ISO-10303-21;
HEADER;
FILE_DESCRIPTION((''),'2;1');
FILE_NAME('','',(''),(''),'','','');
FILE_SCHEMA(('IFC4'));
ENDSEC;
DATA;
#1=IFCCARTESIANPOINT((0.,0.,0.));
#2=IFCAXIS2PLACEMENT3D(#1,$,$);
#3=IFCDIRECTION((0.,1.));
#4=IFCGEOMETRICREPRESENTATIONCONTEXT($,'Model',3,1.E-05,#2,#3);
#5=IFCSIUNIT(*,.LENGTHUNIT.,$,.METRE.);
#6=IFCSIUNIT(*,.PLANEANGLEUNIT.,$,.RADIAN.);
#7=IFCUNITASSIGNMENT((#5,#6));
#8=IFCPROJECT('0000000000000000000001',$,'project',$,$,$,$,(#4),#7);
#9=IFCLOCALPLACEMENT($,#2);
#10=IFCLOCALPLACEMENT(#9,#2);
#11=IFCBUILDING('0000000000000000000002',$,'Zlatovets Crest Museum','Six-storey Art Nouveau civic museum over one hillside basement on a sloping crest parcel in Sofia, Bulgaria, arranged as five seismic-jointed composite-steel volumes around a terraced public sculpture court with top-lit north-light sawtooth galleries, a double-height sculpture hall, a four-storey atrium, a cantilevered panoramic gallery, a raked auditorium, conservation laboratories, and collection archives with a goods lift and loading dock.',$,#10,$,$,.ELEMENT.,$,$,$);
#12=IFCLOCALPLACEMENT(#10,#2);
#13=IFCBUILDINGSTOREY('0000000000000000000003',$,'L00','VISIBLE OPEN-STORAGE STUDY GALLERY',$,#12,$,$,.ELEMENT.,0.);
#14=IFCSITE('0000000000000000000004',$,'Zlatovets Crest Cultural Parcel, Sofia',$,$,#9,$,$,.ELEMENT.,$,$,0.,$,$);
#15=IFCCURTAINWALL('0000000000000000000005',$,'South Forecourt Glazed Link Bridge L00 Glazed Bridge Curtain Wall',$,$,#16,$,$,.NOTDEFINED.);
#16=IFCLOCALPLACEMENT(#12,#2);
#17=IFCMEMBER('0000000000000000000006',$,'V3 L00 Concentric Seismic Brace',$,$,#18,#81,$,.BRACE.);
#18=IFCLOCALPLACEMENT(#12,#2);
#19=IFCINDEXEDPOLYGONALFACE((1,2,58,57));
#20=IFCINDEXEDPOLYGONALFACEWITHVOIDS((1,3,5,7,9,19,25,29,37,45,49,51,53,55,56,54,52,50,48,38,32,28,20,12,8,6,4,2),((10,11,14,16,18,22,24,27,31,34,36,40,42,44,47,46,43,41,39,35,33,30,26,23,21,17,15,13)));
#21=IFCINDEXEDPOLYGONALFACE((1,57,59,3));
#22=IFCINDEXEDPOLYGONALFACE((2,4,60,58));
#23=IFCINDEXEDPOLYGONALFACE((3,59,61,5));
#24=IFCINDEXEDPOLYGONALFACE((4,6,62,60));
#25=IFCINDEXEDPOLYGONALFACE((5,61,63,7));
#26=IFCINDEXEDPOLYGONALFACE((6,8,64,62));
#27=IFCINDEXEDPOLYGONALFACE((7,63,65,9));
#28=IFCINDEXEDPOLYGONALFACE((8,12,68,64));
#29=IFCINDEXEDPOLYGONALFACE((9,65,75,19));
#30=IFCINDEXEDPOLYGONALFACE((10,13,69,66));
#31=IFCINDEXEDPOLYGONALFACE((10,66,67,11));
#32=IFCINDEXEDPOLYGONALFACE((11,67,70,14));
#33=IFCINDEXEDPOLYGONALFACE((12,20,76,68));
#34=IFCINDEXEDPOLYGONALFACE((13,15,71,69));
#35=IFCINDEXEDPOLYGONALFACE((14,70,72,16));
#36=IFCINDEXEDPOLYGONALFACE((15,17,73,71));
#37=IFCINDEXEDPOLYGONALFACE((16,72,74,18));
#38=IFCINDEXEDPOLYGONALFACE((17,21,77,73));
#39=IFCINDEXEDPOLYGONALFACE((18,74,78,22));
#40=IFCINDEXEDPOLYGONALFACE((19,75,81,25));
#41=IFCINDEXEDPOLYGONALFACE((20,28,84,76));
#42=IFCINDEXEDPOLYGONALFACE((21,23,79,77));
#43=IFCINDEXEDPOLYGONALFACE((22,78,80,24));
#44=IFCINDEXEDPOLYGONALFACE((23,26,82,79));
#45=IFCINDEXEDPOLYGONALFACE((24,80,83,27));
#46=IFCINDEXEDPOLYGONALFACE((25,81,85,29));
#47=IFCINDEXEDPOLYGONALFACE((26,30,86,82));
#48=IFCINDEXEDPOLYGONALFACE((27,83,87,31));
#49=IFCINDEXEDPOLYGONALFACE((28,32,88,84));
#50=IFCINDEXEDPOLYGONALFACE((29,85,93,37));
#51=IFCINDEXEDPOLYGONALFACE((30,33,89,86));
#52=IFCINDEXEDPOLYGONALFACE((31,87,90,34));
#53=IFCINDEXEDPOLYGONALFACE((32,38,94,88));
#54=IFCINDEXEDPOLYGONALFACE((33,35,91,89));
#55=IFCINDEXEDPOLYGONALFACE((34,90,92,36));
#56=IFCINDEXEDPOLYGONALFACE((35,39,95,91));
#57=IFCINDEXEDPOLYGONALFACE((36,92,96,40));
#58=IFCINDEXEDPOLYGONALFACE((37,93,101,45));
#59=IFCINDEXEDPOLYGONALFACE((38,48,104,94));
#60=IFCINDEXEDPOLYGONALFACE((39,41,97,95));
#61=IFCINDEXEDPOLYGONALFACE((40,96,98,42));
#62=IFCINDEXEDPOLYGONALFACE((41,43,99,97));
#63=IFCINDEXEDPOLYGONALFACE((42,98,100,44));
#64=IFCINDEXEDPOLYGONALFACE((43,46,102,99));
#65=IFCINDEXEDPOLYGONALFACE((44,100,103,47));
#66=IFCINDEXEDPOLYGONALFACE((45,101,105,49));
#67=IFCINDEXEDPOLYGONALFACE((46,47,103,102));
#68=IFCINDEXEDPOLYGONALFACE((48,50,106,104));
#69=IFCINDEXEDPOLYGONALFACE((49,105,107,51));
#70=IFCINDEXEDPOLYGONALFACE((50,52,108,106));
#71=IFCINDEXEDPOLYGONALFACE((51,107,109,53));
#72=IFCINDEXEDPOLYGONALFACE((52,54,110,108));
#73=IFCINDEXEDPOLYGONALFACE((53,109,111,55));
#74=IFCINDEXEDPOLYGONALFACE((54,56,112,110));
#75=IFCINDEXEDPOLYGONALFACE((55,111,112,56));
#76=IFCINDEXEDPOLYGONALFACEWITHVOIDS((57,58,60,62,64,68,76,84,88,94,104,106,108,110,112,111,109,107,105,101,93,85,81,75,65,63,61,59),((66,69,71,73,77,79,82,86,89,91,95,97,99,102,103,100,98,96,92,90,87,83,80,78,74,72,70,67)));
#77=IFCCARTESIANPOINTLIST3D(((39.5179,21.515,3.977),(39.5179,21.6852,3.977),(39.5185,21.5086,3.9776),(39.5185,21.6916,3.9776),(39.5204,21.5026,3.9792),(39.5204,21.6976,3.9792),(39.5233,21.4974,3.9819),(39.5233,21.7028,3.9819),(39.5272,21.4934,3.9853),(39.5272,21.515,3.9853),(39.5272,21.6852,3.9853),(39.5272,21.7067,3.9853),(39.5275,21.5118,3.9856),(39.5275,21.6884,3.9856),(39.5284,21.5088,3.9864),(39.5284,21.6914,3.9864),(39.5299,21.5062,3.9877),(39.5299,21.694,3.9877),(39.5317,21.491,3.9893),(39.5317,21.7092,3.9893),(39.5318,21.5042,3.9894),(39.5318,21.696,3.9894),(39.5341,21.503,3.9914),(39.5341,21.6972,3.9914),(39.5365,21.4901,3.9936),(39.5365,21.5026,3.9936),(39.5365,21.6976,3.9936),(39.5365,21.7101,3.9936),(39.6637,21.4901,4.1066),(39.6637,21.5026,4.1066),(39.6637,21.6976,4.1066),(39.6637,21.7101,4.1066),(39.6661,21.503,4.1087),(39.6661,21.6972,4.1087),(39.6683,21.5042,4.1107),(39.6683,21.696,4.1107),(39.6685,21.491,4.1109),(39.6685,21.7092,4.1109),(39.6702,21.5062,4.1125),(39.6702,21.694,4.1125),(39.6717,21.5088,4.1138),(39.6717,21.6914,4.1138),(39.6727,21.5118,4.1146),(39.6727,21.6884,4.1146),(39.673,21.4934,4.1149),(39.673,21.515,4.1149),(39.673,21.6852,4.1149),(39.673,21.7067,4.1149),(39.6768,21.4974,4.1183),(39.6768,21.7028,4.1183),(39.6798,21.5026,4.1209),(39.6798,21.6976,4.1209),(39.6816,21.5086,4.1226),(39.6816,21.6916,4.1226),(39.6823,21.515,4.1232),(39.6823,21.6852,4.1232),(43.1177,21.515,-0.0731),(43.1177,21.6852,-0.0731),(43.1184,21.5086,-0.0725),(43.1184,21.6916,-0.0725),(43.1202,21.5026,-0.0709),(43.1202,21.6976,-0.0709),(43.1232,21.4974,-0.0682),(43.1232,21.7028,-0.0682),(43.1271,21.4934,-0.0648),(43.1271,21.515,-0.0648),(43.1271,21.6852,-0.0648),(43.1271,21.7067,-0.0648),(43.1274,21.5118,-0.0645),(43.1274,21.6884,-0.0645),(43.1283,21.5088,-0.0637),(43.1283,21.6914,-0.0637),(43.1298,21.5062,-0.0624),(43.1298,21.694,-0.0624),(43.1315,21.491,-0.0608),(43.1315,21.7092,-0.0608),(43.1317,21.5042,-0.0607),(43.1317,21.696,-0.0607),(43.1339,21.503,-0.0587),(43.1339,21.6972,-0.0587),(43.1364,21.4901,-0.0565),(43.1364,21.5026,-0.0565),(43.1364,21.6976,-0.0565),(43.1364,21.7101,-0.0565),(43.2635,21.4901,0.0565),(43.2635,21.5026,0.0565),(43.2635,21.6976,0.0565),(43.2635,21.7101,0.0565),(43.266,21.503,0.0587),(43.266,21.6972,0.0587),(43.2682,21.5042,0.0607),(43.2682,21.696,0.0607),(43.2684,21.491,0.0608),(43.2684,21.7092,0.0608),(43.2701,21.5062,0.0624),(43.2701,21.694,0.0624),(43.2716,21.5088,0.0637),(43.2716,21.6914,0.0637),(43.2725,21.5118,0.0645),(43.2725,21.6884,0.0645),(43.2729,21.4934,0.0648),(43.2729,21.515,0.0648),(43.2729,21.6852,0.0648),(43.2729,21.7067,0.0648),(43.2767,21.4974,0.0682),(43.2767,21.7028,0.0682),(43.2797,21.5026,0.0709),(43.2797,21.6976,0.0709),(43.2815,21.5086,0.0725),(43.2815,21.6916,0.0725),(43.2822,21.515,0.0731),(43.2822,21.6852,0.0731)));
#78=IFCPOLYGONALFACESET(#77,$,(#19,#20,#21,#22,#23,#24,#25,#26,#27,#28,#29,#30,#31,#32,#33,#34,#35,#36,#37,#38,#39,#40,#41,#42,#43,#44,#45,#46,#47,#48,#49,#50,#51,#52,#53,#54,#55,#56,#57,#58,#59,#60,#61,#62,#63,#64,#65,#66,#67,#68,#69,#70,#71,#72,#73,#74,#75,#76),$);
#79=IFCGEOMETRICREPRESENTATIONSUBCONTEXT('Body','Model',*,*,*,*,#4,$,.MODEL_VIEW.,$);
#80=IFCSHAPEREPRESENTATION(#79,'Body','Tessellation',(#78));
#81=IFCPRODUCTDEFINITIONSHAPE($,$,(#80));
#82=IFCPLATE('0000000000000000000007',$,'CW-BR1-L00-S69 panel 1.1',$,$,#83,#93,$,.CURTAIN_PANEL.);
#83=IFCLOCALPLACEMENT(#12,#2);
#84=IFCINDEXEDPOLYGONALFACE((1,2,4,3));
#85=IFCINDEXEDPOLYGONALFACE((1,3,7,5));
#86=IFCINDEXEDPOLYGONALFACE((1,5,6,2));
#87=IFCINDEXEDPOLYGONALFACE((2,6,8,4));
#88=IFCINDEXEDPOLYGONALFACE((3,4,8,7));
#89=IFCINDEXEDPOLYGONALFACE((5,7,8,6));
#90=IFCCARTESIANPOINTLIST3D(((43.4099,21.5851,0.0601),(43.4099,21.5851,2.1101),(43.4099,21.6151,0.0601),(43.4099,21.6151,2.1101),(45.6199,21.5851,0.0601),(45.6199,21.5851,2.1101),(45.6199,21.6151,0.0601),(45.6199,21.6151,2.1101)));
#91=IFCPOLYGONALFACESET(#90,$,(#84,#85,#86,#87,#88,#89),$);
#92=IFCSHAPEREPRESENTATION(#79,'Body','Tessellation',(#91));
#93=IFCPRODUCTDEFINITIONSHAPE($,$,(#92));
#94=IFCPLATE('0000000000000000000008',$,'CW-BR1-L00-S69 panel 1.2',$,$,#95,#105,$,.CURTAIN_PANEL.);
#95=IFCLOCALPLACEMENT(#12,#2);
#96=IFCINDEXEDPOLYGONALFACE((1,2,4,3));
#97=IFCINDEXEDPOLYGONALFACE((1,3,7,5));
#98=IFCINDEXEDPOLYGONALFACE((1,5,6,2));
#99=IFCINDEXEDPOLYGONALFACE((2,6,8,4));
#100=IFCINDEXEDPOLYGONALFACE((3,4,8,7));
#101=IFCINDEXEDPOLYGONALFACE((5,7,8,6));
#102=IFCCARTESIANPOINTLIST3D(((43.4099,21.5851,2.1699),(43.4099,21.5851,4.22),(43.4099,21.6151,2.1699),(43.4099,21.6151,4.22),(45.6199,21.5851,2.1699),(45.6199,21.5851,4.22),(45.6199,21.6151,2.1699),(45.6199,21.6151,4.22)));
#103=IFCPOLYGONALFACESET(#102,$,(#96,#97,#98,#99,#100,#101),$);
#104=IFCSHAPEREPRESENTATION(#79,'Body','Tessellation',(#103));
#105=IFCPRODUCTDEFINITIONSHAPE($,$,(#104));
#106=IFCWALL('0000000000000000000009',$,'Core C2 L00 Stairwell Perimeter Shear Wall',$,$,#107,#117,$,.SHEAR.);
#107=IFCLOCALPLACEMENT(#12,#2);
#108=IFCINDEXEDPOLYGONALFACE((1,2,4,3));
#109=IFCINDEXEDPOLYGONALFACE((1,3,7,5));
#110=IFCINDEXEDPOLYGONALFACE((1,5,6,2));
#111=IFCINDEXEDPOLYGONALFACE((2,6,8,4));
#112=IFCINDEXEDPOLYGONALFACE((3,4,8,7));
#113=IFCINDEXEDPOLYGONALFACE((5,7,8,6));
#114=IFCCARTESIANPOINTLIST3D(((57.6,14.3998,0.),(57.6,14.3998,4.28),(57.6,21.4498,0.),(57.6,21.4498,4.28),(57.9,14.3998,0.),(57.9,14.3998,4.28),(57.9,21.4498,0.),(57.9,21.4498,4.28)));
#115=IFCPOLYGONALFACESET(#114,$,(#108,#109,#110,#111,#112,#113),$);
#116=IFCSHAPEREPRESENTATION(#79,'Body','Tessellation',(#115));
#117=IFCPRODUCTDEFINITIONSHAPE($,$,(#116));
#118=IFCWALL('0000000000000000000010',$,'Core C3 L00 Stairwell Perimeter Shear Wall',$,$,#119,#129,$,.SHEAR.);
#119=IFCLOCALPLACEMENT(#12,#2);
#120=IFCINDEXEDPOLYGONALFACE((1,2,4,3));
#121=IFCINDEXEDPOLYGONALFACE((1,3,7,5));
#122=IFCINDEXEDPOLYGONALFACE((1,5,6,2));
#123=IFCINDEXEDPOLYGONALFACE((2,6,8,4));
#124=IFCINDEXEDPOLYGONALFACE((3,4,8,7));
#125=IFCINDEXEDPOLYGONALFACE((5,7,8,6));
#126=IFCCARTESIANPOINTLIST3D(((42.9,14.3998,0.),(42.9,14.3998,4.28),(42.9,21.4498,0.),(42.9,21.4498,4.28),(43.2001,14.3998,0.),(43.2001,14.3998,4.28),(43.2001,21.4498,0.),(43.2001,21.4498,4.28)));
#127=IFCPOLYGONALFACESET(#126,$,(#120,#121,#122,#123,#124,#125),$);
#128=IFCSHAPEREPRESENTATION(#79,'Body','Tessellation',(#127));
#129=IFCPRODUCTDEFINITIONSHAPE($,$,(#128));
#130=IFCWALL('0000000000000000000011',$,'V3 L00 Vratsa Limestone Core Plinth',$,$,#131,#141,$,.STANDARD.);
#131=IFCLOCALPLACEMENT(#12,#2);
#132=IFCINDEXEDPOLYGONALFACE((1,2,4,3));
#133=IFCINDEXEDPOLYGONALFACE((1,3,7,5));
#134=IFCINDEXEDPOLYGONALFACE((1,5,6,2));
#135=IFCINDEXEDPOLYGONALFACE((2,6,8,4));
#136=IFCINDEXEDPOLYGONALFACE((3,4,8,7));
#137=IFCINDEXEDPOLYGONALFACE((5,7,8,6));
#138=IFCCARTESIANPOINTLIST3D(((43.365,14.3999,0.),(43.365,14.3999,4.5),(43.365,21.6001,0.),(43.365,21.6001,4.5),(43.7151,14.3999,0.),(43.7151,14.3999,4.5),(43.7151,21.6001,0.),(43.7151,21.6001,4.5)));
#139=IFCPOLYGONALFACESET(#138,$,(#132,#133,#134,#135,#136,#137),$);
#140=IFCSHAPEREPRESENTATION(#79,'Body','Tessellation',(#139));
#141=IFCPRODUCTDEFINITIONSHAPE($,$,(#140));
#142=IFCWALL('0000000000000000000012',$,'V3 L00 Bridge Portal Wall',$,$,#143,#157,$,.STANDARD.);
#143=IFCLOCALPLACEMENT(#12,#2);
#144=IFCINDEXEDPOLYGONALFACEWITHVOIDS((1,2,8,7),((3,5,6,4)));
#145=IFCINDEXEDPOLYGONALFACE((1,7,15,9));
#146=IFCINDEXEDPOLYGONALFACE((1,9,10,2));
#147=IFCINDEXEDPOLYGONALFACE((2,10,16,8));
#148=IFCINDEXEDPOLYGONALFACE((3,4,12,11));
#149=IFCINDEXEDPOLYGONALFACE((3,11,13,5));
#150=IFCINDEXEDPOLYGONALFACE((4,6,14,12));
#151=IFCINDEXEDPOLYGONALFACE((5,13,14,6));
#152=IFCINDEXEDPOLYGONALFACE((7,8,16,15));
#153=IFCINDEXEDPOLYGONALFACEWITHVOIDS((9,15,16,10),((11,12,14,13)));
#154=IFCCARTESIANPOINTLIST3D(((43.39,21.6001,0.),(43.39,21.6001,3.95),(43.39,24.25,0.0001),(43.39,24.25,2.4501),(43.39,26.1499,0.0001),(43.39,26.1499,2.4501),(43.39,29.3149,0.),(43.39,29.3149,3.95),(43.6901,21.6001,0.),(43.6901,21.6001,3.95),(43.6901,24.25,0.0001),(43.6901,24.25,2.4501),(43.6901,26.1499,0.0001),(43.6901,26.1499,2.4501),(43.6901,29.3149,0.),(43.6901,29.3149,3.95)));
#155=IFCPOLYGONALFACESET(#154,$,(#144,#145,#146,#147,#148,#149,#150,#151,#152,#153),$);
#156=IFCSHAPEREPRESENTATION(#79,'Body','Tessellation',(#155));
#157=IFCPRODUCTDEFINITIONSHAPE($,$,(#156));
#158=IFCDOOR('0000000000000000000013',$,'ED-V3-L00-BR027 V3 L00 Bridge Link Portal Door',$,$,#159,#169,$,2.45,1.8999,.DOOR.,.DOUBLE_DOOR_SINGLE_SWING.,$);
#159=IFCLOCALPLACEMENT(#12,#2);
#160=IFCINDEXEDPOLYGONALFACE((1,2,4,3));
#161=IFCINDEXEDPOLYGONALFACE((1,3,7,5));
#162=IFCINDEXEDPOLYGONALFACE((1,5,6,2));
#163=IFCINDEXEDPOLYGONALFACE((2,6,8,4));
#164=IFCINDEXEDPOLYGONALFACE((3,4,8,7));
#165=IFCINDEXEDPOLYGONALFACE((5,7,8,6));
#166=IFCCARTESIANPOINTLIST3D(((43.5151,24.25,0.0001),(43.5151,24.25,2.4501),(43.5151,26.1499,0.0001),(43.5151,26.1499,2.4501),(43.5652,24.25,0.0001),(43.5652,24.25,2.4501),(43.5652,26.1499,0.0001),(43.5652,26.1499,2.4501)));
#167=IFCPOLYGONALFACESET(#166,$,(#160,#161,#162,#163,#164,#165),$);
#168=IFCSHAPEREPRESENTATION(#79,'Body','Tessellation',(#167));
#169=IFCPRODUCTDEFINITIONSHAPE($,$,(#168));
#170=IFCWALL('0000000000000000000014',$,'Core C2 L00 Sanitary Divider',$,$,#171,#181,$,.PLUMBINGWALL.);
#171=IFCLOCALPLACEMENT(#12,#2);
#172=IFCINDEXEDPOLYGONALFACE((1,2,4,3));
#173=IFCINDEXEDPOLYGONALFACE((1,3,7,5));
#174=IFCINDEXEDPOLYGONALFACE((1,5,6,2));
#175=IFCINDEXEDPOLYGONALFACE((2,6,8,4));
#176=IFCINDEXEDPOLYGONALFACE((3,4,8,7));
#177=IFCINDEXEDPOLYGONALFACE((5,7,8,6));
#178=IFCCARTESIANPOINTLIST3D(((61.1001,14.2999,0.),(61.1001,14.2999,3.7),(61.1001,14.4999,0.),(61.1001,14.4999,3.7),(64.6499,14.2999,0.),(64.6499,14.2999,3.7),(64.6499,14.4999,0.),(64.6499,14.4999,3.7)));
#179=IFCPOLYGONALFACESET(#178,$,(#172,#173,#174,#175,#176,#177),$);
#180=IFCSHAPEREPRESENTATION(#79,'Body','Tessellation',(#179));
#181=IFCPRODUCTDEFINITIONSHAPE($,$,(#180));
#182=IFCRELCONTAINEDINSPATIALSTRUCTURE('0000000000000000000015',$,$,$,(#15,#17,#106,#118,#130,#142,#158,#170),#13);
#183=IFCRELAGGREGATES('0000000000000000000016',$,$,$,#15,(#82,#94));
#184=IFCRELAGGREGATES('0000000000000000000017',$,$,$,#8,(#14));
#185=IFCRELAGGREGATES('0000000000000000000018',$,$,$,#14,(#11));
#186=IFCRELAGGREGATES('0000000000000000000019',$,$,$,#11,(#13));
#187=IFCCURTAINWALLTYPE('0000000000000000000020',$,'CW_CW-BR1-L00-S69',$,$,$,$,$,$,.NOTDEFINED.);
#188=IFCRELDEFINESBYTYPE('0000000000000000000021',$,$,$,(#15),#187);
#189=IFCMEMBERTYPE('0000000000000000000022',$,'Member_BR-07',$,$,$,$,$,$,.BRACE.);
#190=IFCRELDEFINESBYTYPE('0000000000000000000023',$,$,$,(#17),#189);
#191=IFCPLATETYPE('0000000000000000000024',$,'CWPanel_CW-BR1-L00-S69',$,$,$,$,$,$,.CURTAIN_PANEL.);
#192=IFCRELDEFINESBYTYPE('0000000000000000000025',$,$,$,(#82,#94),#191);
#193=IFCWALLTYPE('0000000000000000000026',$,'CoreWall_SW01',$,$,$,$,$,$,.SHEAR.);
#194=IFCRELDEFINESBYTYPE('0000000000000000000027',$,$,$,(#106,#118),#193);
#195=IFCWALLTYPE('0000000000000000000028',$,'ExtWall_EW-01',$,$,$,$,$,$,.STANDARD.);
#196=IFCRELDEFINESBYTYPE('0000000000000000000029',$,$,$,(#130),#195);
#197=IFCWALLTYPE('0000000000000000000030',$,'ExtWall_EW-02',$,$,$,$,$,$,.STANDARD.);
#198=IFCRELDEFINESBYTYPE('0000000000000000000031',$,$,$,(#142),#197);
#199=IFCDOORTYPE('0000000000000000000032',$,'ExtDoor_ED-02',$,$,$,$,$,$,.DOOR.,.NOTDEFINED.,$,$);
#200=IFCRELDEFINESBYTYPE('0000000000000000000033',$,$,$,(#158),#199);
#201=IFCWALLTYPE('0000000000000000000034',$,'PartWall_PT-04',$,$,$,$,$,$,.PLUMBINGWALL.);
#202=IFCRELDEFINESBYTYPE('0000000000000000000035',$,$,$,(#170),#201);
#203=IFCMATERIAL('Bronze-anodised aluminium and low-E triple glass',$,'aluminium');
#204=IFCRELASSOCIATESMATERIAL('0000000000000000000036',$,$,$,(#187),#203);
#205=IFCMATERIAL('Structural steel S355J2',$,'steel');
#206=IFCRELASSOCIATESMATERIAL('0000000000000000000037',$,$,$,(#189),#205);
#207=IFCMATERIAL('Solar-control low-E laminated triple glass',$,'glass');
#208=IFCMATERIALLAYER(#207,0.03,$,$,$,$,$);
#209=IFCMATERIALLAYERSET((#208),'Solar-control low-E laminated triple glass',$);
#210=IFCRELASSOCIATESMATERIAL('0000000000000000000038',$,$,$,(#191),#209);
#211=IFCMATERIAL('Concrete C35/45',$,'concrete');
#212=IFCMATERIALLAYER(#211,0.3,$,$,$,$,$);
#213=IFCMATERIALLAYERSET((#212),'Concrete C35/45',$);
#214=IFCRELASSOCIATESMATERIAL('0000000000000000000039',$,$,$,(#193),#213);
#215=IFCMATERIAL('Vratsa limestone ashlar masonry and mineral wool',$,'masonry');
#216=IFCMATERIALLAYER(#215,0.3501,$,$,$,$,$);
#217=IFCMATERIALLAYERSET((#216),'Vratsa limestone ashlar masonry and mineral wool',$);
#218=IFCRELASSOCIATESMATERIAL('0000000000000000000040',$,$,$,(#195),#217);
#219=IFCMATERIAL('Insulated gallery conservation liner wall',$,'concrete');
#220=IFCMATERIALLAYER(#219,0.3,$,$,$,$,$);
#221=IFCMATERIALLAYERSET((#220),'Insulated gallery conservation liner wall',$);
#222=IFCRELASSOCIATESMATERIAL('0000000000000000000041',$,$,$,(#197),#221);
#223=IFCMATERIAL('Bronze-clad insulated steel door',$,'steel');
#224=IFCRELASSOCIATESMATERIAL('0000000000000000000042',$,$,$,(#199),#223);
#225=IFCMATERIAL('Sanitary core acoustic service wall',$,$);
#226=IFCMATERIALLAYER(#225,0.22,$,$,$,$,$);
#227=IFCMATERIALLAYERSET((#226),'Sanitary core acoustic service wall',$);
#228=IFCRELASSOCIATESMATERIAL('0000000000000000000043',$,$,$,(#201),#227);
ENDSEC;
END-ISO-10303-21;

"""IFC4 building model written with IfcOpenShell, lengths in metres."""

from ifc_helpers import new_model, si_unit, direction, frame, frame_2d, origin, origin_2d, place, context, subcontext, project, spatial, rectangle, hollow_rectangle, extrude, material, layer, layer_set, material_profile, profile_set, type_object, element, fill, aggregate, save


model = new_model("IFC4")

# Units and contexts
model_context = context("Model", 3, precision=1e-05, world=origin(), true_north=direction((0.0, 1.0)))
body_context = subcontext(model_context, "Body", "Model", "MODEL_VIEW")
ifc_project = project(units=[si_unit("LENGTHUNIT", "METRE"), si_unit("PLANEANGLEUNIT", "RADIAN")], contexts=[model_context])

# Site, building, storey
site_placement = place(None, origin())
site = spatial("IfcSite", under=ifc_project, at=site_placement, Name="Zlatovets Crest Cultural Parcel, Sofia", CompositionType="ELEMENT", RefElevation=0.0)
building_placement = place(site_placement, origin())
building = spatial("IfcBuilding", under=site, at=building_placement, Name="Zlatovets Crest Museum", Description="Six-storey Art Nouveau civic museum over one hillside basement on a sloping crest parcel in Sofia, Bulgaria, arranged as five seismic-jointed composite-steel volumes around a terraced public sculpture court with top-lit north-light sawtooth galleries, a double-height sculpture hall, a four-storey atrium, a cantilevered panoramic gallery, a raked auditorium, conservation laboratories, and collection archives with a goods lift and loading dock.", CompositionType="ELEMENT")
storey_placement = place(building_placement, origin())
storey = spatial("IfcBuildingStorey", under=building, at=storey_placement, Name="L00", Description="VISIBLE OPEN-STORAGE STUDY GALLERY", CompositionType="ELEMENT", Elevation=0.0)

# Shared definitions
ifc_material_1 = material(Name="Structural steel S355J2", Category="steel")

# Curtain wall
ifc_material_2 = material(Name="Bronze-anodised aluminium and low-E triple glass", Category="aluminium")
curtain_wall_type = type_object("IfcCurtainWallType", Name="CW_CW-BR1-L00-S69", PredefinedType="NOTDEFINED", material=ifc_material_2)
curtain_wall_placement = place(storey_placement, origin())
curtain_wall = element("IfcCurtainWall", 1, at=curtain_wall_placement, inside=storey, type_object=curtain_wall_type, Name="South Forecourt Glazed Link Bridge L00 Glazed Bridge Curtain Wall", PredefinedType="NOTDEFINED")

# Member
ifc_material_profile_1 = material_profile(ifc_material_1, hollow_rectangle(XDim=0.22, YDim=0.22, WallThickness=0.0125, InnerFilletRadius=0.0125, OuterFilletRadius=0.0249, at=origin_2d()), Name="SHS 220x220x12.5")
ifc_profile_set_1 = profile_set([ifc_material_profile_1], Name="Structural steel S355J2")
member_type_1 = type_object("IfcMemberType", Name="Member_BR-07", PredefinedType="BRACE", material=ifc_profile_set_1)
member_1_placement = place(storey_placement, frame((43.2, 21.6001, 0.0), z_axis=(-0.664344, 0.0, 0.747427), x_axis=(0.0, -1.0, 0.0)))
element("IfcMember", 2, at=member_1_placement, inside=storey, type_object=member_type_1, Name="V3 L00 Concentric Seismic Brace", PredefinedType="BRACE", context=body_context, shape_type="SweptSolid", body=[
    extrude(hollow_rectangle(XDim=0.22, YDim=0.22, WallThickness=0.0125, InnerFilletRadius=0.0125, OuterFilletRadius=0.0249, at=origin_2d()), origin(), (0.0, 0.0, 1.0), 5.4187),
])

# Plates
ifc_material_3 = material(Name="Solar-control low-E laminated triple glass", Category="glass")
ifc_layer_1 = layer(ifc_material_3, 0.03)
ifc_layer_set_1 = layer_set([ifc_layer_1], Name="Solar-control low-E laminated triple glass")
plate_type = type_object("IfcPlateType", Name="CWPanel_CW-BR1-L00-S69", PredefinedType="CURTAIN_PANEL", material=ifc_layer_set_1)
plate_1_placement = place(storey_placement, frame((44.5149, 21.6001, 0.0601), z_axis=(0.0, 0.0, 1.0), x_axis=(1.0, 0.0, 0.0)))
plate_1 = element("IfcPlate", 3, at=plate_1_placement, type_object=plate_type, Name="CW-BR1-L00-S69 panel 1.1", PredefinedType="CURTAIN_PANEL", context=body_context, shape_type="SweptSolid", body=[
    extrude(rectangle(XDim=2.21, YDim=0.03, at=origin_2d()), origin(), (0.0, 0.0, 1.0), 2.05),
])
plate_2_placement = place(storey_placement, frame((44.5149, 21.6001, 2.1699), z_axis=(0.0, 0.0, 1.0), x_axis=(1.0, 0.0, 0.0)))
plate_2 = element("IfcPlate", 4, at=plate_2_placement, type_object=plate_type, Name="CW-BR1-L00-S69 panel 1.2", PredefinedType="CURTAIN_PANEL", context=body_context, shape_type="SweptSolid", body=[
    extrude(rectangle(XDim=2.21, YDim=0.03, at=origin_2d()), origin(), (0.0, 0.0, 1.0), 2.05),
])
aggregate(curtain_wall, [plate_1, plate_2])

# Walls
ifc_material_4 = material(Name="Concrete C35/45", Category="concrete")
ifc_layer_2 = layer(ifc_material_4, 0.3)
ifc_layer_set_2 = layer_set([ifc_layer_2], Name="Concrete C35/45")
wall_type_1 = type_object("IfcWallType", Name="CoreWall_SW01", PredefinedType="SHEAR", material=ifc_layer_set_2)
for number, where, z_axis, x_axis, name in (
    (5, (57.75, 14.3999, 0.0), (0.0, 0.0, 1.0), (0.0, 1.0, 0.0), "Core C2 L00 Stairwell Perimeter Shear Wall"),
    (6, (43.05, 14.3999, 0.0), (0.0, 0.0, 1.0), (0.0, 1.0, 0.0), "Core C3 L00 Stairwell Perimeter Shear Wall"),
):
    element("IfcWall", number, at=place(storey_placement, frame(where, z_axis=z_axis, x_axis=x_axis)), inside=storey, type_object=wall_type_1, Name=name, PredefinedType="SHEAR", context=body_context, shape_type="SweptSolid", body=[
        extrude(rectangle(XDim=7.05, YDim=0.3, at=frame_2d((3.5249, 0.0))), origin(), (0.0, 0.0, 1.0), 4.28),
    ])
ifc_material_5 = material(Name="Vratsa limestone ashlar masonry and mineral wool", Category="masonry")
ifc_layer_3 = layer(ifc_material_5, 0.3501)
ifc_layer_set_3 = layer_set([ifc_layer_3], Name="Vratsa limestone ashlar masonry and mineral wool")
wall_type_2 = type_object("IfcWallType", Name="ExtWall_EW-01", PredefinedType="STANDARD", material=ifc_layer_set_3)
wall_1_placement = place(storey_placement, frame((43.54, 14.3999, 0.0), z_axis=(0.0, 0.0, 1.0), x_axis=(0.0, 1.0, 0.0)))
element("IfcWall", 7, at=wall_1_placement, inside=storey, type_object=wall_type_2, Name="V3 L00 Vratsa Limestone Core Plinth", PredefinedType="STANDARD", context=body_context, shape_type="SweptSolid", body=[
    extrude(rectangle(XDim=7.2002, YDim=0.3501, at=frame_2d((3.6001, 0.0))), origin(), (0.0, 0.0, 1.0), 4.5),
])

# Wall, opening, door
ifc_material_6 = material(Name="Insulated gallery conservation liner wall", Category="concrete")
ifc_layer_4 = layer(ifc_material_6, 0.3)
ifc_layer_set_4 = layer_set([ifc_layer_4], Name="Insulated gallery conservation liner wall")
wall_type_3 = type_object("IfcWallType", Name="ExtWall_EW-02", PredefinedType="STANDARD", material=ifc_layer_set_4)
wall_2_placement = place(storey_placement, frame((43.54, 21.6001, 0.0), z_axis=(0.0, 0.0, 1.0), x_axis=(0.0, 1.0, 0.0)))
wall_2 = element("IfcWall", 8, at=wall_2_placement, inside=storey, type_object=wall_type_3, Name="V3 L00 Bridge Portal Wall", PredefinedType="STANDARD", context=body_context, shape_type="SweptSolid", body=[
    extrude(rectangle(XDim=7.7148, YDim=0.3, at=frame_2d((3.8574, 0.0))), origin(), (0.0, 0.0, 1.0), 3.95),
])
opening_placement = place(wall_2_placement, frame((2.6499, 0.0, 0.0)))
opening = element("IfcOpeningElement", 9, at=opening_placement, cuts=wall_2, PredefinedType="OPENING", context=body_context, shape_type="SweptSolid", body=[
    extrude(rectangle(XDim=1.8999, YDim=2.45, at=frame_2d((0.95, 1.2251))), frame((0.0, 0.1602, 0.0), z_axis=(0.0, -1.0, 0.0), x_axis=(1.0, 0.0, 0.0)), (0.0, 0.0, 1.0), 0.3201),
])
ifc_material_7 = material(Name="Bronze-clad insulated steel door", Category="steel")
door_type = type_object("IfcDoorType", Name="ExtDoor_ED-02", OperationType="NOTDEFINED", PredefinedType="DOOR", material=ifc_material_7)
door_placement = place(opening_placement, origin())
door = element("IfcDoor", 10, at=door_placement, inside=storey, type_object=door_type, Name="ED-V3-L00-BR027 V3 L00 Bridge Link Portal Door", OperationType="DOUBLE_DOOR_SINGLE_SWING", OverallHeight=2.45, OverallWidth=1.8999, PredefinedType="DOOR", context=body_context, shape_type="SweptSolid", body=[
    extrude(rectangle(XDim=1.8999, YDim=2.45, at=frame_2d((0.95, 1.2251))), frame((0.0, 0.0249, 0.0), z_axis=(0.0, -1.0, 0.0), x_axis=(1.0, 0.0, 0.0)), (0.0, 0.0, 1.0), 0.05),
])
fill(opening, door)

# Wall
ifc_material_8 = material(Name="Sanitary core acoustic service wall")
ifc_layer_5 = layer(ifc_material_8, 0.22)
ifc_layer_set_5 = layer_set([ifc_layer_5], Name="Sanitary core acoustic service wall")
wall_type_4 = type_object("IfcWallType", Name="PartWall_PT-04", PredefinedType="PLUMBINGWALL", material=ifc_layer_set_5)
for number, where, z_axis, x_axis, name in (
    (11, (61.1001, 14.3999, 0.0), (0.0, 0.0, 1.0), (1.0, 0.0, 0.0), "Core C2 L00 Sanitary Divider"),
):
    element("IfcWall", number, at=place(storey_placement, frame(where, z_axis=z_axis, x_axis=x_axis)), inside=storey, type_object=wall_type_4, Name=name, PredefinedType="PLUMBINGWALL", context=body_context, shape_type="SweptSolid", body=[
        extrude(rectangle(XDim=3.5498, YDim=0.2, at=frame_2d((1.7749, 0.0))), origin(), (0.0, 0.0, 1.0), 3.7),
    ])

save(model, "model.ifc")
